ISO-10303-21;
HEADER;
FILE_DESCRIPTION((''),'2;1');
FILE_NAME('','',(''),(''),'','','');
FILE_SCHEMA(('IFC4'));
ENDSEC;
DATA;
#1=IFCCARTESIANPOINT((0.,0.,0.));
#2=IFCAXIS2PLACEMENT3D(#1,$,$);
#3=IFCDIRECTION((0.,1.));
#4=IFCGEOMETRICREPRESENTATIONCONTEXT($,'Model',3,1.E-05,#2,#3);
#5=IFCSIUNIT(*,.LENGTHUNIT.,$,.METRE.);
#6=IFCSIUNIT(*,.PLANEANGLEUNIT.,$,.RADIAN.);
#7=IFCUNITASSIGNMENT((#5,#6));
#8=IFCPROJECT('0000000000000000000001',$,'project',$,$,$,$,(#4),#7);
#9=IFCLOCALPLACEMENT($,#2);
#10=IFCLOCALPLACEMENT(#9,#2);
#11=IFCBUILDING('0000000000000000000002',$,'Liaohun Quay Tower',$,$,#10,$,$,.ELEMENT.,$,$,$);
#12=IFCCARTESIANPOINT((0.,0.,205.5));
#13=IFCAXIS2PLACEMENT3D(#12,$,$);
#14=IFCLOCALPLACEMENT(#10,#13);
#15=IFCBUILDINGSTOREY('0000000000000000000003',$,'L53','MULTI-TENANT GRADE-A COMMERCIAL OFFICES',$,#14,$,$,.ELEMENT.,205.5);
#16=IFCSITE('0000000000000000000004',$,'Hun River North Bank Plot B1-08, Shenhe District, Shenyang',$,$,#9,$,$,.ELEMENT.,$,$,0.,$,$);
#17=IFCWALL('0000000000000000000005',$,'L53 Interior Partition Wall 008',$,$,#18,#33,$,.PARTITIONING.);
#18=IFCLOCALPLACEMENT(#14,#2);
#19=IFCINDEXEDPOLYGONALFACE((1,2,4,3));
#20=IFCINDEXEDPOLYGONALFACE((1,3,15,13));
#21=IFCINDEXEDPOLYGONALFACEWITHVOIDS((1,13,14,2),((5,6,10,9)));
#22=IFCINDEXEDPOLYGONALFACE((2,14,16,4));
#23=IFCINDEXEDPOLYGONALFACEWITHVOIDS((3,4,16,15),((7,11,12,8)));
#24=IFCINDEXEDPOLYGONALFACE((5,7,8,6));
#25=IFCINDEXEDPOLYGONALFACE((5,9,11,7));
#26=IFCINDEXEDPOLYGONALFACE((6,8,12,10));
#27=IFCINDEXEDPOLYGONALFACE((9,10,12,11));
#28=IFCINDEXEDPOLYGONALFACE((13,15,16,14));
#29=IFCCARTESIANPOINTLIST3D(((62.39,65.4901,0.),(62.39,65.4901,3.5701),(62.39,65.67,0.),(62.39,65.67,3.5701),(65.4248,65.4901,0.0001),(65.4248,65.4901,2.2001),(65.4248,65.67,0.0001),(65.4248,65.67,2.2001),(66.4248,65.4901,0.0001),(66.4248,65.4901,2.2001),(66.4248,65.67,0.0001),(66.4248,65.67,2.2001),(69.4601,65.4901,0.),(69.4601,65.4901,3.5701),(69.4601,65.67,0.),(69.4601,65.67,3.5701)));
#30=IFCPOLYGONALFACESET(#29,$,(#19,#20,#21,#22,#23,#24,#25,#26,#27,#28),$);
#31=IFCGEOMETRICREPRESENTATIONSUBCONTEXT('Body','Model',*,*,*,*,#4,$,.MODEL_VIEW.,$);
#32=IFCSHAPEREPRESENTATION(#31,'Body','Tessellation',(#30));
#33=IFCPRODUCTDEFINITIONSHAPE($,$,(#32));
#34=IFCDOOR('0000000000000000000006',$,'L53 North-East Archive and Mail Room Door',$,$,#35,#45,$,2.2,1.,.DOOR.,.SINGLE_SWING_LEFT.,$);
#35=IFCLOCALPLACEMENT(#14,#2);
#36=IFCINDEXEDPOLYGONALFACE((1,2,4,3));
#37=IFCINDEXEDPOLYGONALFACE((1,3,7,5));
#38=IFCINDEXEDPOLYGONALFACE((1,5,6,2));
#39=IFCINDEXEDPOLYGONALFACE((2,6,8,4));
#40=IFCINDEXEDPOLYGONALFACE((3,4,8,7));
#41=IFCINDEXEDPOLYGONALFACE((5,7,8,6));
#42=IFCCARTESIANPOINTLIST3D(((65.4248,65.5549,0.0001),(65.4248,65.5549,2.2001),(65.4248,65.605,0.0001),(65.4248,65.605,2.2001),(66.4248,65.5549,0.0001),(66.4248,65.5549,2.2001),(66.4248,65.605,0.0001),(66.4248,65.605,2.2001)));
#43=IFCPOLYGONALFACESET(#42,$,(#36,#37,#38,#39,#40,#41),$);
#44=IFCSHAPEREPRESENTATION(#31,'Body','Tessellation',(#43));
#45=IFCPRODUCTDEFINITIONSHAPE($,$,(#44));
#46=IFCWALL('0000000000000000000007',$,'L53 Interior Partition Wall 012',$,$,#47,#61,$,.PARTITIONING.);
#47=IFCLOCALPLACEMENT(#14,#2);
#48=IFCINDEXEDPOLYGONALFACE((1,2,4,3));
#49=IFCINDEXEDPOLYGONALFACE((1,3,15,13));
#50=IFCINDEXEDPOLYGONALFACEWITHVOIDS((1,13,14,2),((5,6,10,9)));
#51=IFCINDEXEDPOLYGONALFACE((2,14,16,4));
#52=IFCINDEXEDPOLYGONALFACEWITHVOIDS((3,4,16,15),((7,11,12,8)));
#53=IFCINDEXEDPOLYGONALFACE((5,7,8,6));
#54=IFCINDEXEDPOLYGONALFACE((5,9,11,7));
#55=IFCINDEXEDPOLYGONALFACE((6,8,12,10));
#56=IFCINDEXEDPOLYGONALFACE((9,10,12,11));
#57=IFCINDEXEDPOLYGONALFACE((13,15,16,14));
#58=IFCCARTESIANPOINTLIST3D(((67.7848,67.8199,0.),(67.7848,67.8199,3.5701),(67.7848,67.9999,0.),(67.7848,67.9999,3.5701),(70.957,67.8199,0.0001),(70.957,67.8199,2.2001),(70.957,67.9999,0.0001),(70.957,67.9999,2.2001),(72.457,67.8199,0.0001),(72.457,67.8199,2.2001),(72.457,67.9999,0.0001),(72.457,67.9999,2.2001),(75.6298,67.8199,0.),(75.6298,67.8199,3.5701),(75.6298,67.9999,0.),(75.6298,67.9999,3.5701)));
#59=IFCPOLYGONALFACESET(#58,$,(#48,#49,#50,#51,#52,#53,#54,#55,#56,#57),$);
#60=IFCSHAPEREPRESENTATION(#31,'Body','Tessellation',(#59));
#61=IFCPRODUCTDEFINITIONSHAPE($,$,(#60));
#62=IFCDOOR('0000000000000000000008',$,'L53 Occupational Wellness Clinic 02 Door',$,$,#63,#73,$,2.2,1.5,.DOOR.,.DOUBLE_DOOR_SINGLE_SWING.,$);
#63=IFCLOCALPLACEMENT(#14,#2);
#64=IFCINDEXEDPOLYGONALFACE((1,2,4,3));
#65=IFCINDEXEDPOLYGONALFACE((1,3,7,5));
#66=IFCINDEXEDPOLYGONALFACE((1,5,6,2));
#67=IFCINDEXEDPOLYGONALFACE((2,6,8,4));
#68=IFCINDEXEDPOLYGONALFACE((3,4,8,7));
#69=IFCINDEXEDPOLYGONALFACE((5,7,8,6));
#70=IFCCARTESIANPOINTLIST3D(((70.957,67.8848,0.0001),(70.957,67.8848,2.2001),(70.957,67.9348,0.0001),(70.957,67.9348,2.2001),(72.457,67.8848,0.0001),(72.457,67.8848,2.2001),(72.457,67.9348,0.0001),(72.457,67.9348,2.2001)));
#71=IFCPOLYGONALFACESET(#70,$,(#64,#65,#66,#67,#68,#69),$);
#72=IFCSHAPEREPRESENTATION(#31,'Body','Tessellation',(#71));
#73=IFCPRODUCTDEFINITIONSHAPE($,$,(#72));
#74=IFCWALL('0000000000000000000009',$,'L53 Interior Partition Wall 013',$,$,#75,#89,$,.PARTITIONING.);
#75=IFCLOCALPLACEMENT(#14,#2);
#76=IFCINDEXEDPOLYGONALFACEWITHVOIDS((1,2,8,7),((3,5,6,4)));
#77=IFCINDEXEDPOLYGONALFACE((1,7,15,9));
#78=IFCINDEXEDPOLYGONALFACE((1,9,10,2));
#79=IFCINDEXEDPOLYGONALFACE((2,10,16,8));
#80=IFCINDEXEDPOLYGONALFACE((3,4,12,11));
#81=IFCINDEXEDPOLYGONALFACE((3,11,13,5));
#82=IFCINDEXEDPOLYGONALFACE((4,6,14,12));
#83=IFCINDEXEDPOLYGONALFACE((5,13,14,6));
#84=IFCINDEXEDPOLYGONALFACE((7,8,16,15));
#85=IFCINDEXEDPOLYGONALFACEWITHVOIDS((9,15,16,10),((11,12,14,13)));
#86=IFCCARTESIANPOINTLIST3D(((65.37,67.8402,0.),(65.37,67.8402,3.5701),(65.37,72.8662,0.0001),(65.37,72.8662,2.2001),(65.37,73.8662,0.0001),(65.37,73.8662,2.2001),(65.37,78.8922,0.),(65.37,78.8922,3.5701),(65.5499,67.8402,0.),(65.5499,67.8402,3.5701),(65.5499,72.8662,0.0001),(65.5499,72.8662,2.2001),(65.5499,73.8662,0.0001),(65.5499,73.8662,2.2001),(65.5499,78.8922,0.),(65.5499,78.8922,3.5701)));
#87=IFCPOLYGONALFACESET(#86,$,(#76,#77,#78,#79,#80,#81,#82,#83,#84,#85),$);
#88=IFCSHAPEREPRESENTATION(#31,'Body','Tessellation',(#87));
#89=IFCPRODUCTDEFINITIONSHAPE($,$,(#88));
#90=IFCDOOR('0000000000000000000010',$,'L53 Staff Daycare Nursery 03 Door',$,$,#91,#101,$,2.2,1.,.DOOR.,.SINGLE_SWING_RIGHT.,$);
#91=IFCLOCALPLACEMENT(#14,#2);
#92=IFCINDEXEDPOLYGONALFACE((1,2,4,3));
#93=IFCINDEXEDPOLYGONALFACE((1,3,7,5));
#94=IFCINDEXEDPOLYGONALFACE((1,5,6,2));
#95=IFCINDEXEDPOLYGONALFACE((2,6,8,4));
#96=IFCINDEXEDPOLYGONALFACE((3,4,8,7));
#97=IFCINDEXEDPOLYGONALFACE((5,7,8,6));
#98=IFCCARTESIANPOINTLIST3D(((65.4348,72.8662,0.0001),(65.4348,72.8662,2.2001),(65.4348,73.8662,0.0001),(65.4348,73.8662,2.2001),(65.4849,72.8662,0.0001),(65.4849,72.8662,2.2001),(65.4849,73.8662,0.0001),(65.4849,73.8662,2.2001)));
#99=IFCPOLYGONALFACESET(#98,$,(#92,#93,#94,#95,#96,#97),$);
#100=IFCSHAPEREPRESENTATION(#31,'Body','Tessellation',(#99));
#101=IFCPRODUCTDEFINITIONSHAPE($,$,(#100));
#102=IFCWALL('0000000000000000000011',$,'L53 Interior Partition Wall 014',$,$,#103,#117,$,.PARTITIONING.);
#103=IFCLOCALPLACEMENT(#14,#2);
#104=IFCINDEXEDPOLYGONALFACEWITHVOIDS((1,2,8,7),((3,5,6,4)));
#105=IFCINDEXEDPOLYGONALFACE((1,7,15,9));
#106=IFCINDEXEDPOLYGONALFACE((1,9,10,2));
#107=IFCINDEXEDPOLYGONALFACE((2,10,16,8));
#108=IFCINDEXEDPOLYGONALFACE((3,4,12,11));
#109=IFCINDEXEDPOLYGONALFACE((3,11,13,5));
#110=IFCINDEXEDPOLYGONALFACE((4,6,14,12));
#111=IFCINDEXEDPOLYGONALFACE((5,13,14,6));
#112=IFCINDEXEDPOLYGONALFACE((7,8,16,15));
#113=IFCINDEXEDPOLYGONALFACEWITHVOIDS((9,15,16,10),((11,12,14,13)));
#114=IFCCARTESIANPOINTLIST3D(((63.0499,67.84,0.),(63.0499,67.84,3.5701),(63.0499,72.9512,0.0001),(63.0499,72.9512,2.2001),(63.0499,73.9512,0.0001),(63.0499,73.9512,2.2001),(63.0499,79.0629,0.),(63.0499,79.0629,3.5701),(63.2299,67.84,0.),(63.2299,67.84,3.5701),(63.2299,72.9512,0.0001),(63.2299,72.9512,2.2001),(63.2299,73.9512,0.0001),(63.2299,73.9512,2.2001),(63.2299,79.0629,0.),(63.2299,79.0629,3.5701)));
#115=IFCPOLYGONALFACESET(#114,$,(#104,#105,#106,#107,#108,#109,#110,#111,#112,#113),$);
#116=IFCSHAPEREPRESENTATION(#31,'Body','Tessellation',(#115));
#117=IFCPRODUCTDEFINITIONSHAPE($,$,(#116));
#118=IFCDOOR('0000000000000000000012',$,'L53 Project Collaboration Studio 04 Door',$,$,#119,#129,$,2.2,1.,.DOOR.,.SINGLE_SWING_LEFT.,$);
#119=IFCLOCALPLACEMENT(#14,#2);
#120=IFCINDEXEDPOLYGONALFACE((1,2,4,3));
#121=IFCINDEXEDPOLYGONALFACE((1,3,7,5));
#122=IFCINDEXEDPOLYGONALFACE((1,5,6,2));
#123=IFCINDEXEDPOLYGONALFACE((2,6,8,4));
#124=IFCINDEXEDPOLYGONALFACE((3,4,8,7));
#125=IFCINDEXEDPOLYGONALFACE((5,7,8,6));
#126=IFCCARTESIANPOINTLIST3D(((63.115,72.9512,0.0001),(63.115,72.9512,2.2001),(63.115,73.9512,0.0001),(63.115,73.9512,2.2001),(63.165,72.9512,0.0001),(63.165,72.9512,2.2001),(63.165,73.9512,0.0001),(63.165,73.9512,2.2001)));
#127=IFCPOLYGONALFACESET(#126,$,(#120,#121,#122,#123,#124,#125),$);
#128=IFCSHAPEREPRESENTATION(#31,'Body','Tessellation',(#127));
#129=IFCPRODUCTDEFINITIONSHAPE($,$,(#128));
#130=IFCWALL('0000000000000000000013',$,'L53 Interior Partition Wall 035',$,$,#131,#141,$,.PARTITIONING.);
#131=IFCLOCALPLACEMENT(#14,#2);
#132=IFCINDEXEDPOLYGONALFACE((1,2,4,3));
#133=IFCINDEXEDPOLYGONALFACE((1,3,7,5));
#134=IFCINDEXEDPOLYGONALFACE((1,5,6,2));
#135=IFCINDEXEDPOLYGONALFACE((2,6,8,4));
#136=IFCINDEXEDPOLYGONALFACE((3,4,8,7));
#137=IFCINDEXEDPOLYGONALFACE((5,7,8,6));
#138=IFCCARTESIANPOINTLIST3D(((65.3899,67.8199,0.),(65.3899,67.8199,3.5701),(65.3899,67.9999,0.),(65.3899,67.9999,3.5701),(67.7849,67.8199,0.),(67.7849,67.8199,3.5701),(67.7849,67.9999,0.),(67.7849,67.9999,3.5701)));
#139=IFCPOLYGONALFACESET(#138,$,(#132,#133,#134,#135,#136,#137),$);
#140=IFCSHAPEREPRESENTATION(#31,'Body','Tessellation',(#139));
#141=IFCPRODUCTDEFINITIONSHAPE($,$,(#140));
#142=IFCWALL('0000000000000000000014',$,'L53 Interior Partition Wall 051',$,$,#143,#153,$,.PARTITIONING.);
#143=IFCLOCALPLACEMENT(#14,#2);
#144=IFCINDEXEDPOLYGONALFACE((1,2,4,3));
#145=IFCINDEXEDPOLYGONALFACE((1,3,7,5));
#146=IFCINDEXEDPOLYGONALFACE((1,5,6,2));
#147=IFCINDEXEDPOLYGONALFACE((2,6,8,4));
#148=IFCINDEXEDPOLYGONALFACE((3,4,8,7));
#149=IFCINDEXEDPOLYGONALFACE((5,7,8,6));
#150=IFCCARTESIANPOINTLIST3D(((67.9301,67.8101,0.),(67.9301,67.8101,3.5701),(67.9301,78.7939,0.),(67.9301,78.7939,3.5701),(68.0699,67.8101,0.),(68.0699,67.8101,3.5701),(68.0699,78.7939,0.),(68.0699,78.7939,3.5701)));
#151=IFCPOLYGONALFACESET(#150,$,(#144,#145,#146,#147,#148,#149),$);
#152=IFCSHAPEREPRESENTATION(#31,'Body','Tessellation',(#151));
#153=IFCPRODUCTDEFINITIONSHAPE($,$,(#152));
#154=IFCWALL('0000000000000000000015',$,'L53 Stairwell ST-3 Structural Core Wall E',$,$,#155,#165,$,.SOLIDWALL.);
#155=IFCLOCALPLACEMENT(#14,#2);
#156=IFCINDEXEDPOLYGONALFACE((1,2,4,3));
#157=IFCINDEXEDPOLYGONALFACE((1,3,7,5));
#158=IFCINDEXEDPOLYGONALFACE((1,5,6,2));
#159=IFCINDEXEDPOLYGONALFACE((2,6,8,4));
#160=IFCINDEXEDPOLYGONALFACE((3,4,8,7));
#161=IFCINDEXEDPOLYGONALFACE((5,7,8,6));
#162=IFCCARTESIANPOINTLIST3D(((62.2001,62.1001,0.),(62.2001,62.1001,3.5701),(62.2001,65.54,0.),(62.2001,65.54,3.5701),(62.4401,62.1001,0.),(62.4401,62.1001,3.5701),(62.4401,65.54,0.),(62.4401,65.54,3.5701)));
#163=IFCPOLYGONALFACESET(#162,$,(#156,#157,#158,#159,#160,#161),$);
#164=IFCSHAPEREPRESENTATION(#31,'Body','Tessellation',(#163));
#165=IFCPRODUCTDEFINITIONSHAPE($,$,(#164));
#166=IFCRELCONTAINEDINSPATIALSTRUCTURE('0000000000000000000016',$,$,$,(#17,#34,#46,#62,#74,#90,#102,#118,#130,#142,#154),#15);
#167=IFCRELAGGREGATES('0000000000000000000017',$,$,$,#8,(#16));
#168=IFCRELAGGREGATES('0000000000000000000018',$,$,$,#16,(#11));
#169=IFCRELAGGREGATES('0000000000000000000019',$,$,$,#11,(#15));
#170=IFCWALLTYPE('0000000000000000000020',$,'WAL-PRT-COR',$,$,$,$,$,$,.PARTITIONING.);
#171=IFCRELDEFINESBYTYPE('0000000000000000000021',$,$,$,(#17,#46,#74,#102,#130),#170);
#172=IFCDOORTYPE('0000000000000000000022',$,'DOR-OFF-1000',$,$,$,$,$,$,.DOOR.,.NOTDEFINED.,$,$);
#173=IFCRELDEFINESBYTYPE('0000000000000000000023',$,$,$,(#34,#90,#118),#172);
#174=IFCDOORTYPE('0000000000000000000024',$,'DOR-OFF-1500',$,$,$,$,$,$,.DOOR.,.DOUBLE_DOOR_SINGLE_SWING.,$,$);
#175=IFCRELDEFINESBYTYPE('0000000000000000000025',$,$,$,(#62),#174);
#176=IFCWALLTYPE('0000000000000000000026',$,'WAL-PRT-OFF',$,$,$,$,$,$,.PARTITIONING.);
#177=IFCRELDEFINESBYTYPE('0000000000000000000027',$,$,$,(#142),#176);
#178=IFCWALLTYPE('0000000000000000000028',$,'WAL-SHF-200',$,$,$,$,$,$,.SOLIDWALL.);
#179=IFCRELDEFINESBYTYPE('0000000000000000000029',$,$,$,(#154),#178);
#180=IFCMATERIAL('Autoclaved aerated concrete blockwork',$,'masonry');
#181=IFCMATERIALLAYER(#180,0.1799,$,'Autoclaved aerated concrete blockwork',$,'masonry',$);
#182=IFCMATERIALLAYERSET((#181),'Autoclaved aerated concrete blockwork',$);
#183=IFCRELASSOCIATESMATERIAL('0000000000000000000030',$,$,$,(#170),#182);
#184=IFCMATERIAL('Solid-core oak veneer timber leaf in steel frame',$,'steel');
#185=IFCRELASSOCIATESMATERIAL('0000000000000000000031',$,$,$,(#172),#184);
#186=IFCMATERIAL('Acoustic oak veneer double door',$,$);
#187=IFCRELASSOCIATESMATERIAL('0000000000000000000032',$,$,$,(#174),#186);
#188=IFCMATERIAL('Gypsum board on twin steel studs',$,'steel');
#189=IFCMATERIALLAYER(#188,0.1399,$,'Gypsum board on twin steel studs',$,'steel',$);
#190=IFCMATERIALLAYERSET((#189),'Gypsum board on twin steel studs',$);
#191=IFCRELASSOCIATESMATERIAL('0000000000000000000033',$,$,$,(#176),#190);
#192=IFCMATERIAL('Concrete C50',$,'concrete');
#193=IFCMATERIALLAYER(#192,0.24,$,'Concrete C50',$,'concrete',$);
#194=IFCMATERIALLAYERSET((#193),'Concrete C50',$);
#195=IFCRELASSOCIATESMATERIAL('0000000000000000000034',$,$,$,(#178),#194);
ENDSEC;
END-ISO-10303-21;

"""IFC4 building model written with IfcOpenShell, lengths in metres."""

from ifc_helpers import new_model, si_unit, direction, frame, frame_2d, origin, place, context, subcontext, project, spatial, rectangle, extrude, source, transform, mapped, material, layer, layer_set, type_object, element, fill, save


model = new_model("IFC4")

# Units and contexts
model_context = context("Model", 3, precision=1e-05, world=origin(), true_north=direction((0.0, 1.0)))
body_context = subcontext(model_context, "Body", "Model", "MODEL_VIEW")
ifc_project = project(units=[si_unit("LENGTHUNIT", "METRE"), si_unit("PLANEANGLEUNIT", "RADIAN")], contexts=[model_context])

# Site, building, storey
site_placement = place(None, origin())
site = spatial("IfcSite", under=ifc_project, at=site_placement, Name="Hun River North Bank Plot B1-08, Shenhe District, Shenyang", CompositionType="ELEMENT", RefElevation=0.0)
building_placement = place(site_placement, origin())
building = spatial("IfcBuilding", under=site, at=building_placement, Name="Liaohun Quay Tower", CompositionType="ELEMENT")
storey_placement = place(building_placement, frame((0.0, 0.0, 205.5)))
storey = spatial("IfcBuildingStorey", under=building, at=storey_placement, Name="L53", Description="MULTI-TENANT GRADE-A COMMERCIAL OFFICES", CompositionType="ELEMENT", Elevation=205.5)

# Walls, openings, doors
ifc_material_1 = material(Name="Autoclaved aerated concrete blockwork", Category="masonry")
ifc_layer_1 = layer(ifc_material_1, 0.1799, Name="Autoclaved aerated concrete blockwork", Category="masonry")
ifc_layer_set_1 = layer_set([ifc_layer_1], Name="Autoclaved aerated concrete blockwork")
wall_type_1 = type_object("IfcWallType", Name="WAL-PRT-COR", PredefinedType="PARTITIONING", material=ifc_layer_set_1)
wall_1_placement = place(storey_placement, frame((62.3899, 65.5801, 0.0), z_axis=(0.0, 0.0, 1.0), x_axis=(1.0, 0.0, 0.0)))
wall_1 = element("IfcWall", 1, at=wall_1_placement, inside=storey, type_object=wall_type_1, Name="L53 Interior Partition Wall 008", PredefinedType="PARTITIONING", context=body_context, shape_type="SweptSolid", body=[
    extrude(rectangle(XDim=7.0701, YDim=0.1799, at=frame_2d((3.5352, 0.0))), origin(), (0.0, 0.0, 1.0), 3.5701),
])
shared_shape_1 = source(origin(), body_context, "Body", "SweptSolid", [
    extrude(rectangle(XDim=1.0, YDim=2.2, at=frame_2d((0.5, 1.1001))), frame((0.0, 0.0999, 0.0), z_axis=(0.0, -1.0, 0.0), x_axis=(1.0, 0.0, 0.0)), (0.0, 0.0, 1.0), 0.2),
])
opening_1_placement = place(wall_1_placement, frame((3.0349, 0.0, 0.0)))
opening_1 = element("IfcOpeningElement", 2, at=opening_1_placement, cuts=wall_1, PredefinedType="OPENING", context=body_context, shape_type="MappedRepresentation", body=[
    mapped(shared_shape_1, transform((0.0, 0.0, 0.0), x_axis=(1.0, 0.0, 0.0), y_axis=(0.0, 1.0, 0.0), z_axis=(0.0, 0.0, 1.0), scale=1.0)),
])
ifc_material_2 = material(Name="Solid-core oak veneer timber leaf in steel frame", Category="steel")
door_type_1 = type_object("IfcDoorType", Name="DOR-OFF-1000", OperationType="NOTDEFINED", PredefinedType="DOOR", material=ifc_material_2)
shared_shape_2 = source(origin(), body_context, "Body", "SweptSolid", [
    extrude(rectangle(XDim=1.0, YDim=2.2, at=frame_2d((0.5, 1.1001))), frame((0.0, 0.0249, 0.0), z_axis=(0.0, -1.0, 0.0), x_axis=(1.0, 0.0, 0.0)), (0.0, 0.0, 1.0), 0.05),
])
door_1_placement = place(opening_1_placement, origin())
door_1 = element("IfcDoor", 3, at=door_1_placement, inside=storey, type_object=door_type_1, Name="L53 North-East Archive and Mail Room Door", OperationType="SINGLE_SWING_LEFT", OverallHeight=2.2, OverallWidth=1.0, PredefinedType="DOOR", context=body_context, shape_type="MappedRepresentation", body=[
    mapped(shared_shape_2, transform((0.0, 0.0, 0.0), x_axis=(1.0, 0.0, 0.0), y_axis=(0.0, 1.0, 0.0), z_axis=(0.0, 0.0, 1.0), scale=1.0)),
])
fill(opening_1, door_1)
wall_2_placement = place(storey_placement, frame((67.7849, 67.9099, 0.0), z_axis=(0.0, 0.0, 1.0), x_axis=(1.0, 0.0, 0.0)))
wall_2 = element("IfcWall", 4, at=wall_2_placement, inside=storey, type_object=wall_type_1, Name="L53 Interior Partition Wall 012", PredefinedType="PARTITIONING", context=body_context, shape_type="SweptSolid", body=[
    extrude(rectangle(XDim=7.845, YDim=0.1799, at=frame_2d((3.9224, 0.0))), origin(), (0.0, 0.0, 1.0), 3.5701),
])
shared_shape_3 = source(origin(), body_context, "Body", "SweptSolid", [
    extrude(rectangle(XDim=1.5, YDim=2.2, at=frame_2d((0.75, 1.1001))), frame((0.0, 0.0999, 0.0), z_axis=(0.0, -1.0, 0.0), x_axis=(1.0, 0.0, 0.0)), (0.0, 0.0, 1.0), 0.2),
])
opening_2_placement = place(wall_2_placement, frame((3.1721, 0.0, 0.0)))
opening_2 = element("IfcOpeningElement", 5, at=opening_2_placement, cuts=wall_2, PredefinedType="OPENING", context=body_context, shape_type="MappedRepresentation", body=[
    mapped(shared_shape_3, transform((0.0, 0.0, 0.0), x_axis=(1.0, 0.0, 0.0), y_axis=(0.0, 1.0, 0.0), z_axis=(0.0, 0.0, 1.0), scale=1.0)),
])
ifc_material_3 = material(Name="Acoustic oak veneer double door")
door_type_2 = type_object("IfcDoorType", Name="DOR-OFF-1500", OperationType="DOUBLE_DOOR_SINGLE_SWING", PredefinedType="DOOR", material=ifc_material_3)
shared_shape_4 = source(origin(), body_context, "Body", "SweptSolid", [
    extrude(rectangle(XDim=1.5, YDim=2.2, at=frame_2d((0.75, 1.1001))), frame((0.0, 0.0249, 0.0), z_axis=(0.0, -1.0, 0.0), x_axis=(1.0, 0.0, 0.0)), (0.0, 0.0, 1.0), 0.05),
])
door_2_placement = place(opening_2_placement, origin())
door_2 = element("IfcDoor", 6, at=door_2_placement, inside=storey, type_object=door_type_2, Name="L53 Occupational Wellness Clinic 02 Door", OperationType="DOUBLE_DOOR_SINGLE_SWING", OverallHeight=2.2, OverallWidth=1.5, PredefinedType="DOOR", context=body_context, shape_type="MappedRepresentation", body=[
    mapped(shared_shape_4, transform((0.0, 0.0, 0.0), x_axis=(1.0, 0.0, 0.0), y_axis=(0.0, 1.0, 0.0), z_axis=(0.0, 0.0, 1.0), scale=1.0)),
])
fill(opening_2, door_2)
wall_3_placement = place(storey_placement, frame((65.46, 78.8921, 0.0), z_axis=(0.0, 0.0, 1.0), x_axis=(0.0, -1.0, 0.0)))
wall_3 = element("IfcWall", 7, at=wall_3_placement, inside=storey, type_object=wall_type_1, Name="L53 Interior Partition Wall 013", PredefinedType="PARTITIONING", context=body_context, shape_type="SweptSolid", body=[
    extrude(rectangle(XDim=11.052, YDim=0.1799, at=frame_2d((5.5259, 0.0))), origin(), (0.0, 0.0, 1.0), 3.5701),
])
opening_3_placement = place(wall_3_placement, frame((5.0259, 0.0, 0.0)))
opening_3 = element("IfcOpeningElement", 8, at=opening_3_placement, cuts=wall_3, PredefinedType="OPENING", context=body_context, shape_type="MappedRepresentation", body=[
    mapped(shared_shape_1, transform((0.0, 0.0, 0.0), x_axis=(1.0, 0.0, 0.0), y_axis=(0.0, 1.0, 0.0), z_axis=(0.0, 0.0, 1.0), scale=1.0)),
])
door_3_placement = place(opening_3_placement, origin())
door_3 = element("IfcDoor", 9, at=door_3_placement, inside=storey, type_object=door_type_1, Name="L53 Staff Daycare Nursery 03 Door", OperationType="SINGLE_SWING_RIGHT", OverallHeight=2.2, OverallWidth=1.0, PredefinedType="DOOR", context=body_context, shape_type="MappedRepresentation", body=[
    mapped(shared_shape_2, transform((0.0, 0.0, 0.0), x_axis=(1.0, 0.0, 0.0), y_axis=(0.0, 1.0, 0.0), z_axis=(0.0, 0.0, 1.0), scale=1.0)),
])
fill(opening_3, door_3)
wall_4_placement = place(storey_placement, frame((63.1399, 67.8401, 0.0), z_axis=(0.0, 0.0, 1.0), x_axis=(0.0, 1.0, 0.0)))
wall_4 = element("IfcWall", 10, at=wall_4_placement, inside=storey, type_object=wall_type_1, Name="L53 Interior Partition Wall 014", PredefinedType="PARTITIONING", context=body_context, shape_type="SweptSolid", body=[
    extrude(rectangle(XDim=11.2229, YDim=0.1799, at=frame_2d((5.6113, 0.0))), origin(), (0.0, 0.0, 1.0), 3.5701),
])
opening_4_placement = place(wall_4_placement, frame((5.1111, 0.0, 0.0)))
opening_4 = element("IfcOpeningElement", 11, at=opening_4_placement, cuts=wall_4, PredefinedType="OPENING", context=body_context, shape_type="MappedRepresentation", body=[
    mapped(shared_shape_1, transform((0.0, 0.0, 0.0), x_axis=(1.0, 0.0, 0.0), y_axis=(0.0, 1.0, 0.0), z_axis=(0.0, 0.0, 1.0), scale=1.0)),
])
door_4_placement = place(opening_4_placement, origin())
door_4 = element("IfcDoor", 12, at=door_4_placement, inside=storey, type_object=door_type_1, Name="L53 Project Collaboration Studio 04 Door", OperationType="SINGLE_SWING_LEFT", OverallHeight=2.2, OverallWidth=1.0, PredefinedType="DOOR", context=body_context, shape_type="MappedRepresentation", body=[
    mapped(shared_shape_2, transform((0.0, 0.0, 0.0), x_axis=(1.0, 0.0, 0.0), y_axis=(0.0, 1.0, 0.0), z_axis=(0.0, 0.0, 1.0), scale=1.0)),
])
fill(opening_4, door_4)

# Walls
wall_5_placement = place(storey_placement, frame((65.3899, 67.9099, 0.0), z_axis=(0.0, 0.0, 1.0), x_axis=(1.0, 0.0, 0.0)))
element("IfcWall", 13, at=wall_5_placement, inside=storey, type_object=wall_type_1, Name="L53 Interior Partition Wall 035", PredefinedType="PARTITIONING", context=body_context, shape_type="SweptSolid", body=[
    extrude(rectangle(XDim=2.395, YDim=0.1799, at=frame_2d((1.1975, 0.0))), origin(), (0.0, 0.0, 1.0), 3.5701),
])
ifc_material_4 = material(Name="Gypsum board on twin steel studs", Category="steel")
ifc_layer_2 = layer(ifc_material_4, 0.1399, Name="Gypsum board on twin steel studs", Category="steel")
ifc_layer_set_2 = layer_set([ifc_layer_2], Name="Gypsum board on twin steel studs")
wall_type_2 = type_object("IfcWallType", Name="WAL-PRT-OFF", PredefinedType="PARTITIONING", material=ifc_layer_set_2)
wall_6_placement = place(storey_placement, frame((68.0, 67.8101, 0.0), z_axis=(0.0, 0.0, 1.0), x_axis=(0.0, 1.0, 0.0)))
element("IfcWall", 14, at=wall_6_placement, inside=storey, type_object=wall_type_2, Name="L53 Interior Partition Wall 051", PredefinedType="PARTITIONING", context=body_context, shape_type="SweptSolid", body=[
    extrude(rectangle(XDim=10.9839, YDim=0.1399, at=frame_2d((5.4919, 0.0))), origin(), (0.0, 0.0, 1.0), 3.5701),
])
ifc_material_5 = material(Name="Concrete C50", Category="concrete")
ifc_layer_3 = layer(ifc_material_5, 0.24, Name="Concrete C50", Category="concrete")
ifc_layer_set_3 = layer_set([ifc_layer_3], Name="Concrete C50")
wall_type_3 = type_object("IfcWallType", Name="WAL-SHF-200", PredefinedType="SOLIDWALL", material=ifc_layer_set_3)
wall_7_placement = place(storey_placement, frame((62.3201, 62.1001, 0.0), z_axis=(0.0, 0.0, 1.0), x_axis=(0.0, 1.0, 0.0)))
element("IfcWall", 15, at=wall_7_placement, inside=storey, type_object=wall_type_3, Name="L53 Stairwell ST-3 Structural Core Wall E", PredefinedType="SOLIDWALL", context=body_context, shape_type="SweptSolid", body=[
    extrude(rectangle(XDim=3.4399, YDim=0.24, at=frame_2d((1.72, 0.0))), origin(), (0.0, 0.0, 1.0), 3.5701),
])

save(model, "model.ifc")
